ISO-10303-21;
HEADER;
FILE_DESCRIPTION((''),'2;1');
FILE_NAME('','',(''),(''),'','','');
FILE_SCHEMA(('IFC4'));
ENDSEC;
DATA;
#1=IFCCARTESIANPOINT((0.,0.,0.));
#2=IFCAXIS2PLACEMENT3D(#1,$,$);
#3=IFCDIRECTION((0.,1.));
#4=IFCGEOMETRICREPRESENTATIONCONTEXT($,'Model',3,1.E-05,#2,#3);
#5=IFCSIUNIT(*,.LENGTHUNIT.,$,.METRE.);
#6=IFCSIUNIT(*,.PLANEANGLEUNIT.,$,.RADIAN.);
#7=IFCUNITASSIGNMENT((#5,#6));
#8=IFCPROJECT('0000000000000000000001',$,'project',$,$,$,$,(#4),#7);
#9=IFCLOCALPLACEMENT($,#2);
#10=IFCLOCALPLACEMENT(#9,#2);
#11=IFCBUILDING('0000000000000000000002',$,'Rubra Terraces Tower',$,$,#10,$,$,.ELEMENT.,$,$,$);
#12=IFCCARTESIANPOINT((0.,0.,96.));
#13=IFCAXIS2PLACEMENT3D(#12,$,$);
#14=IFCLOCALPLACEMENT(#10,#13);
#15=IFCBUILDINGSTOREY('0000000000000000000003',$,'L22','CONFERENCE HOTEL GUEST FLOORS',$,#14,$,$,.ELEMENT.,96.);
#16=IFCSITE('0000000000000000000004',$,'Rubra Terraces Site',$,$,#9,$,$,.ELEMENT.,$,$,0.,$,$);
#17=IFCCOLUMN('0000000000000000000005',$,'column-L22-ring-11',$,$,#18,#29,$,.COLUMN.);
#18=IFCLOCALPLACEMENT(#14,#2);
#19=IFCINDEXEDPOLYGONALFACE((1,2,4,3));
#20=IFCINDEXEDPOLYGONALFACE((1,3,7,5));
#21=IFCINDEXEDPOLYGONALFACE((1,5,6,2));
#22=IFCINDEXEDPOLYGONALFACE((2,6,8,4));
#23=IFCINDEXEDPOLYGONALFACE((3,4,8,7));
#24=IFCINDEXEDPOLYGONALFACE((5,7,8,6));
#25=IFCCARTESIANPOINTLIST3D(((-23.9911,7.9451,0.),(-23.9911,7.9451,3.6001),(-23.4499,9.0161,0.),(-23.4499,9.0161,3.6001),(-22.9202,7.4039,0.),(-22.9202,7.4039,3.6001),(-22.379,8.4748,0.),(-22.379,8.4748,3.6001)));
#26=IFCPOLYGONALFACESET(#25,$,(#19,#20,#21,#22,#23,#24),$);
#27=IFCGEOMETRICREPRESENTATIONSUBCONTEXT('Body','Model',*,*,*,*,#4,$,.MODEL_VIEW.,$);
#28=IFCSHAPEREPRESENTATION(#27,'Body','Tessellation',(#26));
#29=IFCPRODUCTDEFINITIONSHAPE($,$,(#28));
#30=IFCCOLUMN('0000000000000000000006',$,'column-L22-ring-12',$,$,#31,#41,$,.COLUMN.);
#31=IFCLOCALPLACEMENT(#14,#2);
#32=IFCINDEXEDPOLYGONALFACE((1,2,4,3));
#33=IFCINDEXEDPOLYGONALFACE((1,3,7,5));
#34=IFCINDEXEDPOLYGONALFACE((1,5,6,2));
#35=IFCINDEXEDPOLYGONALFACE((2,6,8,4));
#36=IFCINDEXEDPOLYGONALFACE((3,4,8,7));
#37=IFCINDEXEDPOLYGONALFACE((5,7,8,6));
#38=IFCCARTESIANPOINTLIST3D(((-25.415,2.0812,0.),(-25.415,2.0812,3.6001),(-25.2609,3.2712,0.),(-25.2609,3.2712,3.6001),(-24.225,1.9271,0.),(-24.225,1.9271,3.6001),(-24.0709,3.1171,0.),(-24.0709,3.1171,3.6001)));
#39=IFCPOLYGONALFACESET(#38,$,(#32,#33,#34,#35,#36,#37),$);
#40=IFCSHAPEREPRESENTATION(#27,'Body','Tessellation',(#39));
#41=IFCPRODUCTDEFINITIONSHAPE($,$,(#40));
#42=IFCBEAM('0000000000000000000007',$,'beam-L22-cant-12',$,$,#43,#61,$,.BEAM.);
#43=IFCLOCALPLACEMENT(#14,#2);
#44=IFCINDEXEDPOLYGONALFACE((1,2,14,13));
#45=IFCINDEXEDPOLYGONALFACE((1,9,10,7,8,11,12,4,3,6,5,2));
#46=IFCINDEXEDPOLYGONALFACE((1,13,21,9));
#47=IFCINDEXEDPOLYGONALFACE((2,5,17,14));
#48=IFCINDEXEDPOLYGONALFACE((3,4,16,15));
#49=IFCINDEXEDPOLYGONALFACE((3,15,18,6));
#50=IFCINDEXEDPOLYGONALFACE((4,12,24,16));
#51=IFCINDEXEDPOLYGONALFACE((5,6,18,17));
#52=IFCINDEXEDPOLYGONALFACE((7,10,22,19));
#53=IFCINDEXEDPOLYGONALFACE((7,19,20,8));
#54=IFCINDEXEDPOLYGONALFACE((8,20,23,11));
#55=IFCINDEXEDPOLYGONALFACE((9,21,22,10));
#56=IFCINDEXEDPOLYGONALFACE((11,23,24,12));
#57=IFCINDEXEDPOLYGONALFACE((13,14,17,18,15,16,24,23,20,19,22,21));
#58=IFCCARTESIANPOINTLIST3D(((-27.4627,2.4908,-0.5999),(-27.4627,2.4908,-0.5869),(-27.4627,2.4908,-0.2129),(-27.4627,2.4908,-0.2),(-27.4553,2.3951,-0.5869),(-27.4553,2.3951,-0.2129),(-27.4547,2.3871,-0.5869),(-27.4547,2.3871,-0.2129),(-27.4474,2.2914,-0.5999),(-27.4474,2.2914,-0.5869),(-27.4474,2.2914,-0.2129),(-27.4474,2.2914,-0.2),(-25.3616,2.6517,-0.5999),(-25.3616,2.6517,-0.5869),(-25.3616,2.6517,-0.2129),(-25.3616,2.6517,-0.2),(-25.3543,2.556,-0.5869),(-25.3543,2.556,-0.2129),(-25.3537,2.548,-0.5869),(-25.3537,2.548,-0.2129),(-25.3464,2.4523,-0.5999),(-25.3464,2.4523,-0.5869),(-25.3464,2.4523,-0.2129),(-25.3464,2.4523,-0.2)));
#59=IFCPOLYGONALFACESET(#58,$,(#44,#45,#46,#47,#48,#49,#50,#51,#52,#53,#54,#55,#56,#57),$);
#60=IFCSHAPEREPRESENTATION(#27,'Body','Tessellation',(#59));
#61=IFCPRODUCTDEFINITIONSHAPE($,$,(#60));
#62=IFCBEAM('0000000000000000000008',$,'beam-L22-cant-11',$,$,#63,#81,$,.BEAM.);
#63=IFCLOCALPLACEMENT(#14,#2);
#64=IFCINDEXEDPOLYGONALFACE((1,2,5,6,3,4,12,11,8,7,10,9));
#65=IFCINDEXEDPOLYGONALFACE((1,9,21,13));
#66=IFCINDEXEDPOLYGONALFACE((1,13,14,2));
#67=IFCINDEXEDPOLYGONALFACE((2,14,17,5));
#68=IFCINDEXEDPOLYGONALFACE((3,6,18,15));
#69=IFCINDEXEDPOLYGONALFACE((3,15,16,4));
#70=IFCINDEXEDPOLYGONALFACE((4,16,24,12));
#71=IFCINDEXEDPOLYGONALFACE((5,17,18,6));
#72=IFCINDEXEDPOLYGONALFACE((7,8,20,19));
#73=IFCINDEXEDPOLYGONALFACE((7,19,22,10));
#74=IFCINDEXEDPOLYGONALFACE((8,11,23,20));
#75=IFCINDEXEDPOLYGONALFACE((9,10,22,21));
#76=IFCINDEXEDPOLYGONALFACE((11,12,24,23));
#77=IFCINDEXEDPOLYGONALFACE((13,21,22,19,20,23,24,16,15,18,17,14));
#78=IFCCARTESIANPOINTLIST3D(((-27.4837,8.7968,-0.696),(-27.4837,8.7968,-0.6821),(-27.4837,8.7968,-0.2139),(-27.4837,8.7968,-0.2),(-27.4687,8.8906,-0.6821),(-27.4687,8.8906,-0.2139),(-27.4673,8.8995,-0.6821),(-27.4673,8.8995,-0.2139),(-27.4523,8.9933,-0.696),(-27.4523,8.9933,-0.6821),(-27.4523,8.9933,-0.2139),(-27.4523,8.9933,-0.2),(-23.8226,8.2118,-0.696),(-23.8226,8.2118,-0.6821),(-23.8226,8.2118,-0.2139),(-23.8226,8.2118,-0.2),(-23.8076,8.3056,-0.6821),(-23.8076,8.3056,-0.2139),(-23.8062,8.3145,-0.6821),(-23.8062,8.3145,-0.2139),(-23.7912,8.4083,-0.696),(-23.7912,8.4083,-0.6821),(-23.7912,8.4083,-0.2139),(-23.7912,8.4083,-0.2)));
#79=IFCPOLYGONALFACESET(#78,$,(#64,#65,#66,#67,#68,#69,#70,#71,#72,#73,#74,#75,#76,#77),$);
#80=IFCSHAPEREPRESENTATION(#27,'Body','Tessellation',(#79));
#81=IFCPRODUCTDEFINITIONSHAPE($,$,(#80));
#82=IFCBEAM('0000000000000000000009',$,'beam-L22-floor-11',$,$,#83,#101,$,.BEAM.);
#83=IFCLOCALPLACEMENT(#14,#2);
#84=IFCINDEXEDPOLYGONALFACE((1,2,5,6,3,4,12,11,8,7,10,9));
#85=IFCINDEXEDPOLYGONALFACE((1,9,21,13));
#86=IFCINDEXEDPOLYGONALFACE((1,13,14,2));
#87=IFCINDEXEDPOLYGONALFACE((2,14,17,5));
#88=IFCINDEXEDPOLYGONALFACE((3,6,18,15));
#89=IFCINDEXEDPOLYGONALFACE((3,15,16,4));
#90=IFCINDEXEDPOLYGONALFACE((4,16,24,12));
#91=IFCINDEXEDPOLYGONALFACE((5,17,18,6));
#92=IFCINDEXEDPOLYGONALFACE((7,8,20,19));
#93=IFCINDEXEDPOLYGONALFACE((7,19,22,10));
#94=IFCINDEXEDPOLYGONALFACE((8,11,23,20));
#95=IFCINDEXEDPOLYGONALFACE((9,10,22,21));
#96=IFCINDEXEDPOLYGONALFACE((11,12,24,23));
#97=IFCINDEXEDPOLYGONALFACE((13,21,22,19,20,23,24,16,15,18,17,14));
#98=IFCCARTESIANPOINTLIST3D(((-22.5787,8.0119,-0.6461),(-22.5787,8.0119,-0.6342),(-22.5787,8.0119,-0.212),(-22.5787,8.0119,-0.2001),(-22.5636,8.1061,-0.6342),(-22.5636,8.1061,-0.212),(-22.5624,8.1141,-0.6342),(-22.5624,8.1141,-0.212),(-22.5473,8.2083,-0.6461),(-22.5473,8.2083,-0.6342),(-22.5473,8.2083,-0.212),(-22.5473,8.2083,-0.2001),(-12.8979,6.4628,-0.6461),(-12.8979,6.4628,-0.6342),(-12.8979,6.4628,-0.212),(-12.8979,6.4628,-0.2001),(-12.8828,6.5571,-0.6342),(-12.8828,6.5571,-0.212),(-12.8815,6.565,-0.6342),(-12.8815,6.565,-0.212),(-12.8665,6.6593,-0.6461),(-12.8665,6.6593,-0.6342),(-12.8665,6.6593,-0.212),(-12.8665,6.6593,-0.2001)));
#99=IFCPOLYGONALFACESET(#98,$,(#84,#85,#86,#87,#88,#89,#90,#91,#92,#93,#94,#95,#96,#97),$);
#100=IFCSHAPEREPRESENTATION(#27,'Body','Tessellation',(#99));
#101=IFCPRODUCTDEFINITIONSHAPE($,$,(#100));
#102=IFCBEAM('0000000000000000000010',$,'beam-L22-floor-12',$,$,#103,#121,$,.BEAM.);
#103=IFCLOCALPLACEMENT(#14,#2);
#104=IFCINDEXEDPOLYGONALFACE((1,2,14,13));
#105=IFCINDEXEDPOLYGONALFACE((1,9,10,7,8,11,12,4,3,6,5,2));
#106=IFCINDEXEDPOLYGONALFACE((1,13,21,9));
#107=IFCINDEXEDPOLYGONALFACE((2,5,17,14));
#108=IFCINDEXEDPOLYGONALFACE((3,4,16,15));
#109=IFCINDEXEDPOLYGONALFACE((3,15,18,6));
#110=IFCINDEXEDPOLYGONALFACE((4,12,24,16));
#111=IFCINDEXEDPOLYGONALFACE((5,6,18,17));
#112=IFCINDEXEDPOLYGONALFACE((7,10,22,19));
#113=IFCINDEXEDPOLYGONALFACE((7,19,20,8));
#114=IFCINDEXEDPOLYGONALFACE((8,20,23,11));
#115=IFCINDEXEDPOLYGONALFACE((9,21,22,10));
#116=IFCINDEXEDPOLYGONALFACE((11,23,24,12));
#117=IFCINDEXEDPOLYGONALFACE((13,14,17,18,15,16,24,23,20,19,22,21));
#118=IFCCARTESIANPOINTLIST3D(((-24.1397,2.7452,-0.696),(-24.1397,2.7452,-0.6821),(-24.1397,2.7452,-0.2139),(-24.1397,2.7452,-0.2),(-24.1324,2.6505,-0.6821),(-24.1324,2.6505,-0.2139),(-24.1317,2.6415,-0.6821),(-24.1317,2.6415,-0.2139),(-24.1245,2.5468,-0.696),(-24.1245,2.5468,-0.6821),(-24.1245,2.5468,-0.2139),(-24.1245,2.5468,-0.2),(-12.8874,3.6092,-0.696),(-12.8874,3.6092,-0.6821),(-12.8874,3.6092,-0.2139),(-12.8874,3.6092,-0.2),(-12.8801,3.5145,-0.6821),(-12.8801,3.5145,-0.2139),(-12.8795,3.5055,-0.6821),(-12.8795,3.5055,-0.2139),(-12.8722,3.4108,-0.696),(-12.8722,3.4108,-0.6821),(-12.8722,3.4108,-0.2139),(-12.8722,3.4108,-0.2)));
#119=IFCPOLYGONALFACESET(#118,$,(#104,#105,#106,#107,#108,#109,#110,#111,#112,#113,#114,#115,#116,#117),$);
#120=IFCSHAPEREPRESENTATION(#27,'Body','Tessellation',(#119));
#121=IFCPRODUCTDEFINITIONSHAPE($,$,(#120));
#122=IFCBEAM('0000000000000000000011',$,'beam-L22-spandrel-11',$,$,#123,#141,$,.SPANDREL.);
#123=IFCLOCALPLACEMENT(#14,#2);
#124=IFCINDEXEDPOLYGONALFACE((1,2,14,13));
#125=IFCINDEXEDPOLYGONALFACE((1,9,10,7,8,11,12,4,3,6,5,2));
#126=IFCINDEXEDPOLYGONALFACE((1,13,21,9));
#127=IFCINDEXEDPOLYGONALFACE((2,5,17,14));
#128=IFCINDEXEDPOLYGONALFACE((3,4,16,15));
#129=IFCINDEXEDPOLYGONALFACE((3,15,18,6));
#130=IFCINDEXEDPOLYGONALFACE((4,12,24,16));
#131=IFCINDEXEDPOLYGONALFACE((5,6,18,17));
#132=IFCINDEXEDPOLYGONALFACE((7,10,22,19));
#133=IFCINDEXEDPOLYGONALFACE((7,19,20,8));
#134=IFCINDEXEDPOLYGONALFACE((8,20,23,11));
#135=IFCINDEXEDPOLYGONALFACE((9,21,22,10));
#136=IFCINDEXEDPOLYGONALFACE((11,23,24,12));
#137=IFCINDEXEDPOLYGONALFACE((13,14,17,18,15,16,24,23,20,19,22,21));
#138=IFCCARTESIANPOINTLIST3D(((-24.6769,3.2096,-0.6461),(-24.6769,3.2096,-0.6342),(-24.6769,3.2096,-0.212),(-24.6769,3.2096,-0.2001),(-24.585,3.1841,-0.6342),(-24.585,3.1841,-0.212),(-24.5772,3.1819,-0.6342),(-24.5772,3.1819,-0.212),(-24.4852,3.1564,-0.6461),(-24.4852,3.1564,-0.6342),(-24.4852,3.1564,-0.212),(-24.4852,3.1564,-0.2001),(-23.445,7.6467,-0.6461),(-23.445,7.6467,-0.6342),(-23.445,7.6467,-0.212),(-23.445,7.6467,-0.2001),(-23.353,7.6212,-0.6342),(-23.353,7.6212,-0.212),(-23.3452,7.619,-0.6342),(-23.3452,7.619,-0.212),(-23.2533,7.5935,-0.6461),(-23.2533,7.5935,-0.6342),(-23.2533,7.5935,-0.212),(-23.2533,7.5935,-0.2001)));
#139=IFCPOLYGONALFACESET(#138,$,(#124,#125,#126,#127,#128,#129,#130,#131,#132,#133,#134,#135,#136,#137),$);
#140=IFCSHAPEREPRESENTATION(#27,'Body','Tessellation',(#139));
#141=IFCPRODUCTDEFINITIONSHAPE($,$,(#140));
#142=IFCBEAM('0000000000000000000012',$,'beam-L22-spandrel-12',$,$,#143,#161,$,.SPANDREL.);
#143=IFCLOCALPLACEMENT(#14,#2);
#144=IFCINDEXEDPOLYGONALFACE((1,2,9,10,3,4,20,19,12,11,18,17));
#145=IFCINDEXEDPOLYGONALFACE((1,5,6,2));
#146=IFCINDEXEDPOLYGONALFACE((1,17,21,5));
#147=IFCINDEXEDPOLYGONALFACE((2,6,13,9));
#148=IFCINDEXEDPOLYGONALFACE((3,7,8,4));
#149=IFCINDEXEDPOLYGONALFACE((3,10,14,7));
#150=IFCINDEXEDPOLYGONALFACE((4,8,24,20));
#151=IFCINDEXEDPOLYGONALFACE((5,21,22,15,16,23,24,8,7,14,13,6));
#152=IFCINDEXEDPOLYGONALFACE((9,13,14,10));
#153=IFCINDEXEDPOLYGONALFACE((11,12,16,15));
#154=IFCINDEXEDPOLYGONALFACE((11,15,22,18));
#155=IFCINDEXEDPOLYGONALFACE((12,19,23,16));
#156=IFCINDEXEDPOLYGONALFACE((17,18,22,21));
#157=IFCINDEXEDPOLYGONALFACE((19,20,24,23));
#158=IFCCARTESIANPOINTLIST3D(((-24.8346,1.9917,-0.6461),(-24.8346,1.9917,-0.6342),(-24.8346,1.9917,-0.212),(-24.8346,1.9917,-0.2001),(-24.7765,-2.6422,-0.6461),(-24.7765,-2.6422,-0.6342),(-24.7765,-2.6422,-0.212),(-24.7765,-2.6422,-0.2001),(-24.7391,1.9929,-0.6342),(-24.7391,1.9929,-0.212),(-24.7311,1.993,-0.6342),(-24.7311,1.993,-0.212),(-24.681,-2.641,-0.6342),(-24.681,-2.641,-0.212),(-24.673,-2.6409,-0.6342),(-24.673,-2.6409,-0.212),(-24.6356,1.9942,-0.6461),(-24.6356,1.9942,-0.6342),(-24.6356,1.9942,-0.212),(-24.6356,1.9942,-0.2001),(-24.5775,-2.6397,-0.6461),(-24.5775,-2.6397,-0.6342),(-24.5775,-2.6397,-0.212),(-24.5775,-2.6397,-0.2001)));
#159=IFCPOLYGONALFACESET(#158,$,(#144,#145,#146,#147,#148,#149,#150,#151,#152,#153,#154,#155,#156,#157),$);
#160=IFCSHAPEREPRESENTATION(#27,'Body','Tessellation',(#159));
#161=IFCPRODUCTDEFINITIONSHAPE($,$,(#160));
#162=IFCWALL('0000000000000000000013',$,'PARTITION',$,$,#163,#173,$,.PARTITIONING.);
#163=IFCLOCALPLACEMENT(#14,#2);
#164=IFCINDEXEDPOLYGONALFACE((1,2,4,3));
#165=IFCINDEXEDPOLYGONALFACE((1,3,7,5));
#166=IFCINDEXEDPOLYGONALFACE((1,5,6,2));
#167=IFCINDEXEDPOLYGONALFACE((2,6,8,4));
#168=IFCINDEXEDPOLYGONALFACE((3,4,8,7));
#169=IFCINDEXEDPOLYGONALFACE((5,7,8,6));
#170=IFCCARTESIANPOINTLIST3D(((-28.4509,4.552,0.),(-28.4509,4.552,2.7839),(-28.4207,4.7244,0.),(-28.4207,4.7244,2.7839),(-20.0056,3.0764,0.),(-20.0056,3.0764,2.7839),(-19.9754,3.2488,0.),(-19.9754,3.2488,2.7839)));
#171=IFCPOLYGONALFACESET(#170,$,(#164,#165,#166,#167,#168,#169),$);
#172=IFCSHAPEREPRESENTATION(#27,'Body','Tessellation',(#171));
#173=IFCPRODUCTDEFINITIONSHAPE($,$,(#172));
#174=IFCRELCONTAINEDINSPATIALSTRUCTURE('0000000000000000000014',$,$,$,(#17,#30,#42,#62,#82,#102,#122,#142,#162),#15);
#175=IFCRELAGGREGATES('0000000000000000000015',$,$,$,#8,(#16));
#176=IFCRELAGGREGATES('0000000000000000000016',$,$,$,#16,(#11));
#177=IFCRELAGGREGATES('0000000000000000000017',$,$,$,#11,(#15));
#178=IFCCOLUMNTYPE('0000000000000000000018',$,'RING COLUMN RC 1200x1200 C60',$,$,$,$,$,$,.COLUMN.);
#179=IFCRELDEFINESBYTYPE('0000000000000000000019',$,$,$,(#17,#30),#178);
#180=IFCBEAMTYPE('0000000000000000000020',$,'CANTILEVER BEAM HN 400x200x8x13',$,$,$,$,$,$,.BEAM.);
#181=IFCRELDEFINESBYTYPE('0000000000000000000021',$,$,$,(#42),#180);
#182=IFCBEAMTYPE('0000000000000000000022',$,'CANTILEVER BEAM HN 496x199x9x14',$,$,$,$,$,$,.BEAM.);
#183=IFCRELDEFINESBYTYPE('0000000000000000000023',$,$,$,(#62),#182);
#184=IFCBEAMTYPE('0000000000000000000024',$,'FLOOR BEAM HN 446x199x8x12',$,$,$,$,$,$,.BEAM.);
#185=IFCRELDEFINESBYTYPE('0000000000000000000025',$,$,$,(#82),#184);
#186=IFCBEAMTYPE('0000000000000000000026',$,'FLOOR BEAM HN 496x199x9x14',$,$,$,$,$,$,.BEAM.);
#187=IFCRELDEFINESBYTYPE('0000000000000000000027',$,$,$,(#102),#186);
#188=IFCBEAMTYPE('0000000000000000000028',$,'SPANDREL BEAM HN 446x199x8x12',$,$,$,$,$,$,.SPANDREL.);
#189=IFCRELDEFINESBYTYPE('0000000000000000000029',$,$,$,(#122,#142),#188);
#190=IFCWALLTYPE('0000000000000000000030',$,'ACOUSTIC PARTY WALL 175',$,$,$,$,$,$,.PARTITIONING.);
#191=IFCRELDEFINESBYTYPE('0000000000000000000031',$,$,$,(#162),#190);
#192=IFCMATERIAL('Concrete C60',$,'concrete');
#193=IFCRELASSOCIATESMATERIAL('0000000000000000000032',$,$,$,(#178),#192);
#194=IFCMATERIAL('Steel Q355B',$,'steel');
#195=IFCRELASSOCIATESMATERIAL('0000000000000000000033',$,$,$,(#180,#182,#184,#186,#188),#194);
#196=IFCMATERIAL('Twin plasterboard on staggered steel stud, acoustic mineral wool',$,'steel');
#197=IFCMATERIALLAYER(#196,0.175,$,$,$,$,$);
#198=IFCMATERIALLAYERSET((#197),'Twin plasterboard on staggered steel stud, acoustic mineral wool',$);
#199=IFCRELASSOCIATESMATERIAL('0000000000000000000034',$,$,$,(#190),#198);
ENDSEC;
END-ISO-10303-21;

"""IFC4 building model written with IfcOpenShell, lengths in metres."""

from ifc_helpers import new_model, si_unit, direction, frame, frame_2d, origin, origin_2d, place, context, subcontext, project, spatial, rectangle, i_section, extrude, material, layer, layer_set, material_profile, profile_set, type_object, element, save


model = new_model("IFC4")

# Units and contexts
model_context = context("Model", 3, precision=1e-05, world=origin(), true_north=direction((0.0, 1.0)))
body_context = subcontext(model_context, "Body", "Model", "MODEL_VIEW")
ifc_project = project(units=[si_unit("LENGTHUNIT", "METRE"), si_unit("PLANEANGLEUNIT", "RADIAN")], contexts=[model_context])

# Site, building, storey
site_placement = place(None, origin())
site = spatial("IfcSite", under=ifc_project, at=site_placement, Name="Rubra Terraces Site", CompositionType="ELEMENT", RefElevation=0.0)
building_placement = place(site_placement, origin())
building = spatial("IfcBuilding", under=site, at=building_placement, Name="Rubra Terraces Tower", CompositionType="ELEMENT")
storey_placement = place(building_placement, frame((0.0, 0.0, 96.0)))
storey = spatial("IfcBuildingStorey", under=building, at=storey_placement, Name="L22", Description="CONFERENCE HOTEL GUEST FLOORS", CompositionType="ELEMENT", Elevation=96.0)

# Columns
ifc_material_1 = material(Name="Concrete C60", Category="concrete")
ifc_material_profile_1 = material_profile(ifc_material_1, rectangle(XDim=1.2, YDim=1.2, at=origin_2d()), Name="RC 1200x1200")
ifc_profile_set_1 = profile_set([ifc_material_profile_1], Name="Concrete C60")
column_type = type_object("IfcColumnType", Name="RING COLUMN RC 1200x1200 C60", PredefinedType="COLUMN", material=ifc_profile_set_1)
for number, where, z_axis, x_axis, name in (
    (1, (-23.1851, 8.21, 0.0), (0.0, 0.0, 1.0), (-0.451028, -0.89251, 0.0), "column-L22-ring-11"),
    (2, (-24.7429, 2.5991, 0.0), (0.0, 0.0, 1.0), (-0.128444, -0.991717, 0.0), "column-L22-ring-12"),
):
    element("IfcColumn", number, at=place(storey_placement, frame(where, z_axis=z_axis, x_axis=x_axis)), inside=storey, type_object=column_type, Name=name, PredefinedType="COLUMN", context=body_context, shape_type="SweptSolid", body=[
        extrude(rectangle(XDim=1.2, YDim=1.2, at=origin_2d()), origin(), (0.0, 0.0, 1.0), 3.6001),
    ])

# Beams
ifc_material_2 = material(Name="Steel Q355B", Category="steel")
ifc_material_profile_2 = material_profile(ifc_material_2, i_section(OverallWidth=0.2, OverallDepth=0.3999, WebThickness=0.0081, FlangeThickness=0.0129, at=origin_2d()), Name="HN 400x200x8x13")
ifc_profile_set_2 = profile_set([ifc_material_profile_2], Name="Steel Q355B")
beam_type_1 = type_object("IfcBeamType", Name="CANTILEVER BEAM HN 400x200x8x13", PredefinedType="BEAM", material=ifc_profile_set_2)
beam_1_placement = place(storey_placement, frame((-25.354, 2.552, -0.3999), z_axis=(-0.997081, -0.076351, 0.0), x_axis=(0.076351, -0.997081, 0.0)))
element("IfcBeam", 3, at=beam_1_placement, inside=storey, type_object=beam_type_1, Name="beam-L22-cant-12", PredefinedType="BEAM", context=body_context, shape_type="SweptSolid", body=[
    extrude(i_section(OverallWidth=0.2, OverallDepth=0.3999, WebThickness=0.0081, FlangeThickness=0.0129, at=origin_2d()), origin(), (0.0, 0.0, 1.0), 2.1072),
])
ifc_material_profile_3 = material_profile(ifc_material_2, i_section(OverallWidth=0.199, OverallDepth=0.4961, WebThickness=0.009, FlangeThickness=0.0139, at=origin_2d()), Name="HN 496x199x9x14")
ifc_profile_set_3 = profile_set([ifc_material_profile_3], Name="Steel Q355B")
beam_type_2 = type_object("IfcBeamType", Name="CANTILEVER BEAM HN 496x199x9x14", PredefinedType="BEAM", material=ifc_profile_set_3)
beam_2_placement = place(storey_placement, frame((-23.8069, 8.3101, -0.448), z_axis=(-0.987475, 0.157775, 0.0), x_axis=(-0.157775, -0.987475, 0.0)))
element("IfcBeam", 4, at=beam_2_placement, inside=storey, type_object=beam_type_2, Name="beam-L22-cant-11", PredefinedType="BEAM", context=body_context, shape_type="SweptSolid", body=[
    extrude(i_section(OverallWidth=0.199, OverallDepth=0.4961, WebThickness=0.009, FlangeThickness=0.0139, at=origin_2d()), origin(), (0.0, 0.0, 1.0), 3.7075),
])
ifc_material_profile_4 = material_profile(ifc_material_2, i_section(OverallWidth=0.199, OverallDepth=0.446, WebThickness=0.0081, FlangeThickness=0.012, at=origin_2d()), Name="HN 446x199x8x12")
ifc_profile_set_4 = profile_set([ifc_material_profile_4], Name="Steel Q355B")
beam_type_3 = type_object("IfcBeamType", Name="FLOOR BEAM HN 446x199x8x12", PredefinedType="BEAM", material=ifc_profile_set_4)
beam_3_placement = place(storey_placement, frame((-22.563, 8.1101, -0.4231), z_axis=(0.987439, -0.158003, 0.0), x_axis=(0.158003, 0.987439, 0.0)))
element("IfcBeam", 5, at=beam_3_placement, inside=storey, type_object=beam_type_3, Name="beam-L22-floor-11", PredefinedType="BEAM", context=body_context, shape_type="SweptSolid", body=[
    extrude(i_section(OverallWidth=0.199, OverallDepth=0.446, WebThickness=0.0081, FlangeThickness=0.012, at=origin_2d()), origin(), (0.0, 0.0, 1.0), 9.804),
])
ifc_material_profile_5 = material_profile(ifc_material_2, i_section(OverallWidth=0.199, OverallDepth=0.4961, WebThickness=0.009, FlangeThickness=0.0139, at=origin_2d()), Name="HN 496x199x9x14")
ifc_profile_set_5 = profile_set([ifc_material_profile_5], Name="Steel Q355B")
beam_type_4 = type_object("IfcBeamType", Name="FLOOR BEAM HN 496x199x9x14", PredefinedType="BEAM", material=ifc_profile_set_5)
beam_4_placement = place(storey_placement, frame((-24.1321, 2.646, -0.448), z_axis=(0.997065, 0.076561, 0.0), x_axis=(-0.076561, 0.997065, 0.0)))
element("IfcBeam", 6, at=beam_4_placement, inside=storey, type_object=beam_type_4, Name="beam-L22-floor-12", PredefinedType="BEAM", context=body_context, shape_type="SweptSolid", body=[
    extrude(i_section(OverallWidth=0.199, OverallDepth=0.4961, WebThickness=0.009, FlangeThickness=0.0139, at=origin_2d()), origin(), (0.0, 0.0, 1.0), 11.2854),
])
ifc_material_profile_6 = material_profile(ifc_material_2, i_section(OverallWidth=0.199, OverallDepth=0.446, WebThickness=0.0081, FlangeThickness=0.012, at=origin_2d()), Name="HN 446x199x8x12")
ifc_profile_set_6 = profile_set([ifc_material_profile_6], Name="Steel Q355B")
beam_type_5 = type_object("IfcBeamType", Name="SPANDREL BEAM HN 446x199x8x12", PredefinedType="SPANDREL", material=ifc_profile_set_6)
beam_5_placement = place(storey_placement, frame((-23.3491, 7.6201, -0.4231), z_axis=(-0.267529, -0.96355, 0.0), x_axis=(0.96355, -0.267529, 0.0)))
element("IfcBeam", 7, at=beam_5_placement, inside=storey, type_object=beam_type_5, Name="beam-L22-spandrel-11", PredefinedType="SPANDREL", context=body_context, shape_type="SweptSolid", body=[
    extrude(i_section(OverallWidth=0.199, OverallDepth=0.446, WebThickness=0.0081, FlangeThickness=0.012, at=origin_2d()), origin(), (0.0, 0.0, 1.0), 4.605),
])
beam_6_placement = place(storey_placement, frame((-24.7351, 1.9929, -0.4231), z_axis=(0.012538, -0.999921, 0.0), x_axis=(0.999921, 0.012538, 0.0)))
element("IfcBeam", 8, at=beam_6_placement, inside=storey, type_object=beam_type_5, Name="beam-L22-spandrel-12", PredefinedType="SPANDREL", context=body_context, shape_type="SweptSolid", body=[
    extrude(i_section(OverallWidth=0.199, OverallDepth=0.446, WebThickness=0.0081, FlangeThickness=0.012, at=origin_2d()), origin(), (0.0, 0.0, 1.0), 4.6343),
])

# Wall
ifc_material_3 = material(Name="Twin plasterboard on staggered steel stud, acoustic mineral wool", Category="steel")
ifc_layer_1 = layer(ifc_material_3, 0.175)
ifc_layer_set_1 = layer_set([ifc_layer_1], Name="Twin plasterboard on staggered steel stud, acoustic mineral wool")
wall_type_1 = type_object("IfcWallType", Name="ACOUSTIC PARTY WALL 175", PredefinedType="PARTITIONING", material=ifc_layer_set_1)
wall_1_placement = place(storey_placement, frame((-28.4358, 4.6382, 0.0), z_axis=(0.0, 0.0, 1.0), x_axis=(0.985077, -0.172115, 0.0)))
element("IfcWall", 9, at=wall_1_placement, inside=storey, type_object=wall_type_1, Name="PARTITION", PredefinedType="PARTITIONING", context=body_context, shape_type="SweptSolid", body=[
    extrude(rectangle(XDim=8.5732, YDim=0.175, at=frame_2d((4.2866, 0.0))), origin(), (0.0, 0.0, 1.0), 2.7839),
])

save(model, "model.ifc")
